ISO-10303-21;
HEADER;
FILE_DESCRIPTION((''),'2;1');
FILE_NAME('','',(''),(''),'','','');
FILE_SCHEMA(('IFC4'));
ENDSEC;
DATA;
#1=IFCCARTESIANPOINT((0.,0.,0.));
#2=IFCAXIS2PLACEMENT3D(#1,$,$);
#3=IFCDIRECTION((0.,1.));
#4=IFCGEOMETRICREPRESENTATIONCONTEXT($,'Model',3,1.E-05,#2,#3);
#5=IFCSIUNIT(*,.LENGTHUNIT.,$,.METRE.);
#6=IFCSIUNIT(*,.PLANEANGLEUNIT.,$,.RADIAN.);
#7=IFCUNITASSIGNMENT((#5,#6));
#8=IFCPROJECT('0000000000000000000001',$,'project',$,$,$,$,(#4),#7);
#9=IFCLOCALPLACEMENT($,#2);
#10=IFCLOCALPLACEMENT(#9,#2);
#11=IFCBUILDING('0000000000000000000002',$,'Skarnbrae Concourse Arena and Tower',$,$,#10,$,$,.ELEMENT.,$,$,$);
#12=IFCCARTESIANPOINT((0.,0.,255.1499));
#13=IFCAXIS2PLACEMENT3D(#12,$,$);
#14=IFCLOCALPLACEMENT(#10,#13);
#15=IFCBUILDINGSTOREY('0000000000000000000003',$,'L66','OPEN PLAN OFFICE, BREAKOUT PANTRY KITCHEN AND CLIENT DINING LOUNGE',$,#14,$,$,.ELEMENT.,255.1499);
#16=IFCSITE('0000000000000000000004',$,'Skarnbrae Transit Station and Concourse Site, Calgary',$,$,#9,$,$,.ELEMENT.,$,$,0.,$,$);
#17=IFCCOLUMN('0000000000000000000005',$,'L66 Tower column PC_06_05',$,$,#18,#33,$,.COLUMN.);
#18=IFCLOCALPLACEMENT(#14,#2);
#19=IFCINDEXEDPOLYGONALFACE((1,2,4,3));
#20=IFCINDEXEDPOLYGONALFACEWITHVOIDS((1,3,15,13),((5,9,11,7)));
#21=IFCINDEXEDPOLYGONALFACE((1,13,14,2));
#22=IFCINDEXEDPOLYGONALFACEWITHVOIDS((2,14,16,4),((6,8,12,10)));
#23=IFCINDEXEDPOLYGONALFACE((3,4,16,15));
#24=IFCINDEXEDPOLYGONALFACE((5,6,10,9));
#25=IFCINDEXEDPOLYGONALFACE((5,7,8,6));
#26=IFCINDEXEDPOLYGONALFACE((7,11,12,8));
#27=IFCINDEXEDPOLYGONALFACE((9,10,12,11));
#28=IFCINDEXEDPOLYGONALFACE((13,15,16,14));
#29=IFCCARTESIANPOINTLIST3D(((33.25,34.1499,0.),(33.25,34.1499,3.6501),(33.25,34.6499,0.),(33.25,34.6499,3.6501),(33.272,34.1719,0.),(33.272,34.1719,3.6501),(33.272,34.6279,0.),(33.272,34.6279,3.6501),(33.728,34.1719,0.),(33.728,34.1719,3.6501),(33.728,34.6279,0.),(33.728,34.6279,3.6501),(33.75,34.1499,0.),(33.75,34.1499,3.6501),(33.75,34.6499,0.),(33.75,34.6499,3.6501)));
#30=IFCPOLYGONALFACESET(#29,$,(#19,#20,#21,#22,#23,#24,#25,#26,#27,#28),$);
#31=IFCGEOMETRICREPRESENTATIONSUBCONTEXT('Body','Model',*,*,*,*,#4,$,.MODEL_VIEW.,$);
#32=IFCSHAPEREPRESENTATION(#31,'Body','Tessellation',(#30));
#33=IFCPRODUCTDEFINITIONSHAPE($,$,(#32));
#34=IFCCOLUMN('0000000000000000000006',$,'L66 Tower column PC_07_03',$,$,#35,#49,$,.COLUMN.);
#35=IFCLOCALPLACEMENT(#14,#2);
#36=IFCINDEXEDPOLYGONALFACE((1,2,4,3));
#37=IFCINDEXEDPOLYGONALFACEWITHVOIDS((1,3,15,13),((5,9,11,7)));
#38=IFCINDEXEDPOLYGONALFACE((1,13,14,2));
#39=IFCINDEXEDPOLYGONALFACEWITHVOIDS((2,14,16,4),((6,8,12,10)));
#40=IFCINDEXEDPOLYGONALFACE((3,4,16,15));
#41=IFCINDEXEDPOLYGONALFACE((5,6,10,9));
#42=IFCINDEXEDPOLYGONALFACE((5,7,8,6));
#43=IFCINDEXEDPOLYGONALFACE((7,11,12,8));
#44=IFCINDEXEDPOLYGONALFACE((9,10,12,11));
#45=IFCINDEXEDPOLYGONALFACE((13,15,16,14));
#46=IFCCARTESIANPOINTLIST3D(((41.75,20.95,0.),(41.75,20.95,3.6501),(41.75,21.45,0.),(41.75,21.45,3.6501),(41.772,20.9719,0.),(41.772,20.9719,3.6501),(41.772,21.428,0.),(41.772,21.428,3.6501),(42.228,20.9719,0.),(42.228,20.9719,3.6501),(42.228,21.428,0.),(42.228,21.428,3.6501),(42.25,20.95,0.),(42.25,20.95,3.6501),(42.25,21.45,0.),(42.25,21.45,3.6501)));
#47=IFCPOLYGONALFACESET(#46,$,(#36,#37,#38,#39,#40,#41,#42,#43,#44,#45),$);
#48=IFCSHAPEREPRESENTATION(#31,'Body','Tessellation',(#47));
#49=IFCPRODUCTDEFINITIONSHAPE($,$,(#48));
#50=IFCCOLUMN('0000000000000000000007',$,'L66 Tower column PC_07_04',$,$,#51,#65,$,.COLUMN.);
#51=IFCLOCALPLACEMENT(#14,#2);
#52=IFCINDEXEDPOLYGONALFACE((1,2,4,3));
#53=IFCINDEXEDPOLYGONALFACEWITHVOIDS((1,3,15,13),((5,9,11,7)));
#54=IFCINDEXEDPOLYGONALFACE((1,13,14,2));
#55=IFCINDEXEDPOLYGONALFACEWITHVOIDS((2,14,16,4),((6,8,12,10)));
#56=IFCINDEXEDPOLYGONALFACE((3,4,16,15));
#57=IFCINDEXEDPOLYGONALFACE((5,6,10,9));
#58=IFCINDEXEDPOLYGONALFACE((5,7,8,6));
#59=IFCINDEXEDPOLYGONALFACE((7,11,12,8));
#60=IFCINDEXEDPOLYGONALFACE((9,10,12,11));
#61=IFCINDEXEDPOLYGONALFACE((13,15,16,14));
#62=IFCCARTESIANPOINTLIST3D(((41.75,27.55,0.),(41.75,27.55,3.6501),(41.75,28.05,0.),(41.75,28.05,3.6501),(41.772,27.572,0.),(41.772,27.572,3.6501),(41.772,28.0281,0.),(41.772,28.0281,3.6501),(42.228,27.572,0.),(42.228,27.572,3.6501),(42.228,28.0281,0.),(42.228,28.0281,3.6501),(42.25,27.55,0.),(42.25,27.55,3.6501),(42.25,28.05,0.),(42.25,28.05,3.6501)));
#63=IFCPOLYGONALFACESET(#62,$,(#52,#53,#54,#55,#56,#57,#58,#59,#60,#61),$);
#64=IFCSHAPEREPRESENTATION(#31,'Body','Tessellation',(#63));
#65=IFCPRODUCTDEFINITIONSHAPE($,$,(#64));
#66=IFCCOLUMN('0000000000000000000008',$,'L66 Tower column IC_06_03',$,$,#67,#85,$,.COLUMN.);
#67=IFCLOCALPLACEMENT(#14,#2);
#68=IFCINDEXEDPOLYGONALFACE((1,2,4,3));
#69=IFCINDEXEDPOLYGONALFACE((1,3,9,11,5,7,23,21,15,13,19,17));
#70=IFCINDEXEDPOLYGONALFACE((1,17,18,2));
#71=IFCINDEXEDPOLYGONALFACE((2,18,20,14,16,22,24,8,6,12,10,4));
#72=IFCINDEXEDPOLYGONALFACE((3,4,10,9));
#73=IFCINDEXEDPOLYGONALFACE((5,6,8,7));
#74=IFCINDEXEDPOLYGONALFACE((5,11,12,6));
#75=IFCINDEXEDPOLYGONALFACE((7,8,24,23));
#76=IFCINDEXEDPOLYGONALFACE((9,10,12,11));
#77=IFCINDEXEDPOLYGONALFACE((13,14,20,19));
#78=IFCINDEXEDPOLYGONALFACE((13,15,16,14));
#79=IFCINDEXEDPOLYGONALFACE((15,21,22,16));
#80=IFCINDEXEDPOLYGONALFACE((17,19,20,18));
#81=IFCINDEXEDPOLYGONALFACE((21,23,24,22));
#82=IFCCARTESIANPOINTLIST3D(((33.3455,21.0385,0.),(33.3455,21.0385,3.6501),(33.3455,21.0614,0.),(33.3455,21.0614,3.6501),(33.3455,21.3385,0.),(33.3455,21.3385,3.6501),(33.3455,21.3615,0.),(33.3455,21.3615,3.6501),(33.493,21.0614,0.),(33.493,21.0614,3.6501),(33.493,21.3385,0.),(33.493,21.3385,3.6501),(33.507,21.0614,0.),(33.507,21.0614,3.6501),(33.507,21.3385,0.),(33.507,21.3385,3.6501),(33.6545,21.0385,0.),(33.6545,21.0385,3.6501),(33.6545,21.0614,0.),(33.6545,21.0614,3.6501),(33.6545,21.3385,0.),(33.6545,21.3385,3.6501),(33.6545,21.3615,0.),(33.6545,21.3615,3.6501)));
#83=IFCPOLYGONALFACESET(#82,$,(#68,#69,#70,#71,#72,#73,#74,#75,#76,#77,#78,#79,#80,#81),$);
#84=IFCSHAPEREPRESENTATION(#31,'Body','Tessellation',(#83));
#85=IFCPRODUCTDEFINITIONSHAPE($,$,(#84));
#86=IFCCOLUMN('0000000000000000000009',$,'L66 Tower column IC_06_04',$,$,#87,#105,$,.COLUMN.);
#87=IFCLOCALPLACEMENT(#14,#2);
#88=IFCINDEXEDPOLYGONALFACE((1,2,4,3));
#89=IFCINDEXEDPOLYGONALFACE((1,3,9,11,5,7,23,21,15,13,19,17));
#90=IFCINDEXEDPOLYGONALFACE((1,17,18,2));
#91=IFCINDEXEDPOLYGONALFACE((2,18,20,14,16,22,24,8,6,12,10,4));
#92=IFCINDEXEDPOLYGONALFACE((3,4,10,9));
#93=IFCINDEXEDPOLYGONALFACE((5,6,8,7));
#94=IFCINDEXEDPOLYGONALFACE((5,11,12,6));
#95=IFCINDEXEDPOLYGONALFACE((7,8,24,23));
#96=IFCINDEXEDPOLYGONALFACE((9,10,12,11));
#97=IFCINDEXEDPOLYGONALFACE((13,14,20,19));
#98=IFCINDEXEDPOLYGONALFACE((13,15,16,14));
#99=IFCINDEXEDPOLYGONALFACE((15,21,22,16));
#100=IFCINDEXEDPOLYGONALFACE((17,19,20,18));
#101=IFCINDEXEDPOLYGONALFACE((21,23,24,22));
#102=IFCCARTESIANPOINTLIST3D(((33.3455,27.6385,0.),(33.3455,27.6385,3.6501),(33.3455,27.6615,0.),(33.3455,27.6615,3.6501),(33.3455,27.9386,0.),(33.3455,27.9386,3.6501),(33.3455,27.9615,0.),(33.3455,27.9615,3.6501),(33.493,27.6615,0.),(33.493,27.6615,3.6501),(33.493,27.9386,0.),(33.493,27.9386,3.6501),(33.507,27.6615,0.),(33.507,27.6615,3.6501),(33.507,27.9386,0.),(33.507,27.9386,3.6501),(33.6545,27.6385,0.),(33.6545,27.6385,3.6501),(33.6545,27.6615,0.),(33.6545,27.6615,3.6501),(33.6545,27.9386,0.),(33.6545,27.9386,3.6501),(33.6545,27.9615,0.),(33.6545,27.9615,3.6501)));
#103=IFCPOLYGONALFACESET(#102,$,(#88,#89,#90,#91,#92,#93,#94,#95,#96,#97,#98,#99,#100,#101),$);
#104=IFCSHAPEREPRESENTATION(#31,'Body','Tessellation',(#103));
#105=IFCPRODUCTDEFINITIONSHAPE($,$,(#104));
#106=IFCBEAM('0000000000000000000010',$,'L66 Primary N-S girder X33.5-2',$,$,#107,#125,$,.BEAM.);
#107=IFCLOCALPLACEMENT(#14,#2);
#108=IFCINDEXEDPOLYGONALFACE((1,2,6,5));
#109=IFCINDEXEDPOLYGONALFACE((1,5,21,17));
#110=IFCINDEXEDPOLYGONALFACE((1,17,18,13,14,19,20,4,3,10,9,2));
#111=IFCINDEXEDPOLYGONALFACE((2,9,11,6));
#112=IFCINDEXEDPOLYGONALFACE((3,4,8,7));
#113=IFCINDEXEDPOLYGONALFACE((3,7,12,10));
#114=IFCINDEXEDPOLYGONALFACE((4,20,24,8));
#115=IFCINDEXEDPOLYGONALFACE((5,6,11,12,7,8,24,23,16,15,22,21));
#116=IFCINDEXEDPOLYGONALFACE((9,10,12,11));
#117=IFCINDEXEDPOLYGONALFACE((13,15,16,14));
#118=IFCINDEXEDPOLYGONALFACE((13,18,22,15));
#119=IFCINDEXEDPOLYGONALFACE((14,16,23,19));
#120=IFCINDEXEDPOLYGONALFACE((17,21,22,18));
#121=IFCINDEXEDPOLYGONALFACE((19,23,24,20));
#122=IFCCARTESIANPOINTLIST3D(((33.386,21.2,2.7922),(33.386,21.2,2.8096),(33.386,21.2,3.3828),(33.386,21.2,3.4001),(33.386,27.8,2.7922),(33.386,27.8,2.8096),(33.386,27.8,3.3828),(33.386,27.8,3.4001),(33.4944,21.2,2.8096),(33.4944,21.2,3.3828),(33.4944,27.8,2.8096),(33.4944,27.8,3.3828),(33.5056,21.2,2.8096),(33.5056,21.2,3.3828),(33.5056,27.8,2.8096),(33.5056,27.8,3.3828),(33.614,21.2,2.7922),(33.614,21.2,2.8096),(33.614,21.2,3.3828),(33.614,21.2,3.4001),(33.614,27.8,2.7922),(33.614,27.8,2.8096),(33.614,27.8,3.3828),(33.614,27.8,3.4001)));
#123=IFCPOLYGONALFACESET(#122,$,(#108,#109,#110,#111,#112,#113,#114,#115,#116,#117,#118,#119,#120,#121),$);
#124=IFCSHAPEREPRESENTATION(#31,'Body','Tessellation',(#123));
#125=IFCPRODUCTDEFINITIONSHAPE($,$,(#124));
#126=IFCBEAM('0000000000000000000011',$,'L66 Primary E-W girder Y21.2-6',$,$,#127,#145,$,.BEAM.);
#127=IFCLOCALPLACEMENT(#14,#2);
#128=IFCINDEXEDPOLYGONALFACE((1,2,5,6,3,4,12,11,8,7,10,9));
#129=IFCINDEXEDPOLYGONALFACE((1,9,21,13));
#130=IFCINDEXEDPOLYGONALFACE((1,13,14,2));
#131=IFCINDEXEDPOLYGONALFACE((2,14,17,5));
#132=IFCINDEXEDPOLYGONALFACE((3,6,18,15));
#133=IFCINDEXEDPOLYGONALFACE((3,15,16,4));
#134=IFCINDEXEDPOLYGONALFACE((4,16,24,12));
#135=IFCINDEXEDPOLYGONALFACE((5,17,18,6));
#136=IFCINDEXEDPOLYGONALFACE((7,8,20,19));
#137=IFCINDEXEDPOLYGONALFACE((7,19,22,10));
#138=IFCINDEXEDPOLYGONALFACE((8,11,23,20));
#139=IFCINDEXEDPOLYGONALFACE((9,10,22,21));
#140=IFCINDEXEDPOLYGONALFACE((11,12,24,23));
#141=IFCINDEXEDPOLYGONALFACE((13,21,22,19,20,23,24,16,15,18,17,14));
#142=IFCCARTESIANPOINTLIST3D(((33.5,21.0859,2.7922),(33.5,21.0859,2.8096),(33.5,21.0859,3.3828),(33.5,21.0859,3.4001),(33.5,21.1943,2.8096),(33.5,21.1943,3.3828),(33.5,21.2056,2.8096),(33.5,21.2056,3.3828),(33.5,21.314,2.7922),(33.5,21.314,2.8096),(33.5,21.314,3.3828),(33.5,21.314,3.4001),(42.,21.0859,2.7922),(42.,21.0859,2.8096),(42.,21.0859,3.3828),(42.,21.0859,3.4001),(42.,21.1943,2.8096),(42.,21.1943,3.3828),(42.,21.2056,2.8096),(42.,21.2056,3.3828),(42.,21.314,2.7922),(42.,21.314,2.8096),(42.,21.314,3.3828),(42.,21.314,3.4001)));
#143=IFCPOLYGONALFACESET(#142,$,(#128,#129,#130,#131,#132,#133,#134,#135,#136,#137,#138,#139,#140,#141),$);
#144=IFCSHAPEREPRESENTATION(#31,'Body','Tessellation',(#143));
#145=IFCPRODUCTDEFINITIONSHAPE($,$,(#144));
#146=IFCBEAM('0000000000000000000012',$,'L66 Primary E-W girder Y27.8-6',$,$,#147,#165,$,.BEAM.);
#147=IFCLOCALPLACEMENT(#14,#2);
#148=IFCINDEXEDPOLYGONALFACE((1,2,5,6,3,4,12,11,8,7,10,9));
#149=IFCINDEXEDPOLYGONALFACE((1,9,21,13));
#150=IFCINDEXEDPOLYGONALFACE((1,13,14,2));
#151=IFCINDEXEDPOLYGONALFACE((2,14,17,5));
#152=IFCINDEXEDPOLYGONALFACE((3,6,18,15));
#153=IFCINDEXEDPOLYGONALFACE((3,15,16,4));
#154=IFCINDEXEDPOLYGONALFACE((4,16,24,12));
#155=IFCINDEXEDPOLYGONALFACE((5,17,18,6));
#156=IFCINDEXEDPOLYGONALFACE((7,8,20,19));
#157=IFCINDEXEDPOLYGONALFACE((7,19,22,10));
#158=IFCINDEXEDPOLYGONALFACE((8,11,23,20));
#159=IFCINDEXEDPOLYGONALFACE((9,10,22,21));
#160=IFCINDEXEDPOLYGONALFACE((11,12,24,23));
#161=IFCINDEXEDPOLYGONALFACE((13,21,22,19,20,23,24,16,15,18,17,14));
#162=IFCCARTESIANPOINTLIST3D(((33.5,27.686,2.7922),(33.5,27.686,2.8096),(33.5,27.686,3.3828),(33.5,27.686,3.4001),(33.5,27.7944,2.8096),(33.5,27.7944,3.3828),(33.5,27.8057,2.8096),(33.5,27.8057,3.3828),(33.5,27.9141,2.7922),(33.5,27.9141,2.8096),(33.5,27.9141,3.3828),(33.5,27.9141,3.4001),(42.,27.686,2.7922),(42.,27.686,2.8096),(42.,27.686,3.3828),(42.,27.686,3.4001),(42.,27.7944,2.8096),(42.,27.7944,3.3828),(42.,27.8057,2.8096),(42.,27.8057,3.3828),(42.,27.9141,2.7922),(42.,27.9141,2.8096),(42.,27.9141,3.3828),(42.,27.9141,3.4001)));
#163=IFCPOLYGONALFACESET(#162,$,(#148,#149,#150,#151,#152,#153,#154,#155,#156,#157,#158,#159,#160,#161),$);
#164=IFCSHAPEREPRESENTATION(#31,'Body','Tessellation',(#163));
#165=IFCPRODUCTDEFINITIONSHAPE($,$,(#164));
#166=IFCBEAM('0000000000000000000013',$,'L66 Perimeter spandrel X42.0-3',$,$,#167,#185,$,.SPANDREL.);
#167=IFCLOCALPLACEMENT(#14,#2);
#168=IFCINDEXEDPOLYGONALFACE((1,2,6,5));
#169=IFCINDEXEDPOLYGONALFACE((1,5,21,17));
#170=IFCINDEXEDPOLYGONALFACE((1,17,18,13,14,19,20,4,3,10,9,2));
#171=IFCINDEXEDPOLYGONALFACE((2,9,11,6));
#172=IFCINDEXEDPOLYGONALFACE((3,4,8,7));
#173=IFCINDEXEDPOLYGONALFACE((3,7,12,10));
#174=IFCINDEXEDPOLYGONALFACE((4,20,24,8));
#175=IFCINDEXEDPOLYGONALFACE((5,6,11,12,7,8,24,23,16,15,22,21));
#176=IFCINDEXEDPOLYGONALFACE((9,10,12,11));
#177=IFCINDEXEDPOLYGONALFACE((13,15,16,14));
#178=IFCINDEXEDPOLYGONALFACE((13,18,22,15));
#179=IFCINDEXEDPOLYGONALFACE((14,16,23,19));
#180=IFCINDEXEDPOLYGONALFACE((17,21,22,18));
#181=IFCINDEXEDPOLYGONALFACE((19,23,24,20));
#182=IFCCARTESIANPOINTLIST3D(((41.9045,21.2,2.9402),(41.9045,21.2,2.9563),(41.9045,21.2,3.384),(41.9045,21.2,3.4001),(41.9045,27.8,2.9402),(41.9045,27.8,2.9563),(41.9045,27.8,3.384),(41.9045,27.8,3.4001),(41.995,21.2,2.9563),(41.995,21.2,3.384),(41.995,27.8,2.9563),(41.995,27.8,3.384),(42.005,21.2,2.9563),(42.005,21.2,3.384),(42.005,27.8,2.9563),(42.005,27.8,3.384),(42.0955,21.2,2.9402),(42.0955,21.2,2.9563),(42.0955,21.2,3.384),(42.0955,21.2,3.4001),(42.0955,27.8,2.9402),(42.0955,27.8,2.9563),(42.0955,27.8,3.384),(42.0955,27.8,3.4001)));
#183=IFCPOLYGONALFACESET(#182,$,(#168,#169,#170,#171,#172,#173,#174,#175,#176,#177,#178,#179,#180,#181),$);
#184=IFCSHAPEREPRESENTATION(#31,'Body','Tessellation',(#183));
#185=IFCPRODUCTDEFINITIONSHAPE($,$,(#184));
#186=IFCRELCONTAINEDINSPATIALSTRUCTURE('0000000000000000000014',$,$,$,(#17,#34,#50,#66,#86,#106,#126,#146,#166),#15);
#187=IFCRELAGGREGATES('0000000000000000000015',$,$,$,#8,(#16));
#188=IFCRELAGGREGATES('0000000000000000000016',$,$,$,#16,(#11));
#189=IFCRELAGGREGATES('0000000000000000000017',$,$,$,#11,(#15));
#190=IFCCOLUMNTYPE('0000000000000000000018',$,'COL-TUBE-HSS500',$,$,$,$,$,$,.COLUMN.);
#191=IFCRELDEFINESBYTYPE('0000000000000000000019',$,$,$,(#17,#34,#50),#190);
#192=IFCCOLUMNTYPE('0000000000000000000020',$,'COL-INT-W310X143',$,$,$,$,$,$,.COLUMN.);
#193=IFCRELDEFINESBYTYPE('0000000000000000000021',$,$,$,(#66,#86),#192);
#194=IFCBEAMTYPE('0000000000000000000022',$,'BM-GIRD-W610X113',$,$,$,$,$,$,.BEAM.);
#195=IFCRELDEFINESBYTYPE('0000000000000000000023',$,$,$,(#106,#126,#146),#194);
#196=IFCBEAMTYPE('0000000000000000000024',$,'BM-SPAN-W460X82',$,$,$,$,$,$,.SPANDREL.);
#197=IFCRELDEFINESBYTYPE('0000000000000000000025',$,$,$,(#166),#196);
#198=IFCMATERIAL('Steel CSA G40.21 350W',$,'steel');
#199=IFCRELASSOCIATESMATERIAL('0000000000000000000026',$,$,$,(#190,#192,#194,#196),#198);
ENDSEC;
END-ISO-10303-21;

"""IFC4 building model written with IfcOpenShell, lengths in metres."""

from ifc_helpers import new_model, si_unit, direction, frame, origin, origin_2d, place, context, subcontext, project, spatial, hollow_rectangle, i_section, extrude, source, transform, mapped, material, material_profile, profile_set, type_object, element, save


model = new_model("IFC4")

# Units and contexts
model_context = context("Model", 3, precision=1e-05, world=origin(), true_north=direction((0.0, 1.0)))
body_context = subcontext(model_context, "Body", "Model", "MODEL_VIEW")
ifc_project = project(units=[si_unit("LENGTHUNIT", "METRE"), si_unit("PLANEANGLEUNIT", "RADIAN")], contexts=[model_context])

# Site, building, storey
site_placement = place(None, origin())
site = spatial("IfcSite", under=ifc_project, at=site_placement, Name="Skarnbrae Transit Station and Concourse Site, Calgary", CompositionType="ELEMENT", RefElevation=0.0)
building_placement = place(site_placement, origin())
building = spatial("IfcBuilding", under=site, at=building_placement, Name="Skarnbrae Concourse Arena and Tower", CompositionType="ELEMENT")
storey_placement = place(building_placement, frame((0.0, 0.0, 255.1499)))
storey = spatial("IfcBuildingStorey", under=building, at=storey_placement, Name="L66", Description="OPEN PLAN OFFICE, BREAKOUT PANTRY KITCHEN AND CLIENT DINING LOUNGE", CompositionType="ELEMENT", Elevation=255.1499)

# Columns
ifc_material_1 = material(Name="Steel CSA G40.21 350W", Category="steel")
ifc_material_profile_1 = material_profile(ifc_material_1, hollow_rectangle(XDim=0.5, YDim=0.5, WallThickness=0.022, at=origin_2d()), Name="HSS500X500X22.0")
ifc_profile_set_1 = profile_set([ifc_material_profile_1], Name="Steel CSA G40.21 350W")
column_type_1 = type_object("IfcColumnType", Name="COL-TUBE-HSS500", PredefinedType="COLUMN", material=ifc_profile_set_1)
shared_shape_1 = source(origin(), body_context, "Body", "SweptSolid", [
    extrude(hollow_rectangle(XDim=0.5, YDim=0.5, WallThickness=0.022, at=origin_2d()), origin(), (0.0, 0.0, 1.0), 3.6501),
])
for number, where, z_axis, x_axis, name in (
    (1, (33.5, 34.3999, 0.0), (0.0, 0.0, 1.0), (1.0, 0.0, 0.0), "L66 Tower column PC_06_05"),
    (2, (42.0, 21.2, 0.0), (0.0, 0.0, 1.0), (1.0, 0.0, 0.0), "L66 Tower column PC_07_03"),
    (3, (42.0, 27.8, 0.0), (0.0, 0.0, 1.0), (1.0, 0.0, 0.0), "L66 Tower column PC_07_04"),
):
    element("IfcColumn", number, at=place(storey_placement, frame(where, z_axis=z_axis, x_axis=x_axis)), inside=storey, type_object=column_type_1, Name=name, PredefinedType="COLUMN", context=body_context, shape_type="MappedRepresentation", body=[
        mapped(shared_shape_1, transform((0.0, 0.0, 0.0))),
    ])
ifc_material_profile_2 = material_profile(ifc_material_1, i_section(OverallWidth=0.3091, OverallDepth=0.323, WebThickness=0.0139, FlangeThickness=0.0229, at=origin_2d()), Name="W310X143")
ifc_profile_set_2 = profile_set([ifc_material_profile_2], Name="Steel CSA G40.21 350W")
column_type_2 = type_object("IfcColumnType", Name="COL-INT-W310X143", PredefinedType="COLUMN", material=ifc_profile_set_2)
shared_shape_2 = source(origin(), body_context, "Body", "SweptSolid", [
    extrude(i_section(OverallWidth=0.3091, OverallDepth=0.323, WebThickness=0.0139, FlangeThickness=0.0229, at=origin_2d()), origin(), (0.0, 0.0, 1.0), 3.6501),
])
for number, where, z_axis, x_axis, name in (
    (4, (33.5, 21.2, 0.0), (0.0, 0.0, 1.0), (1.0, 0.0, 0.0), "L66 Tower column IC_06_03"),
    (5, (33.5, 27.8, 0.0), (0.0, 0.0, 1.0), (1.0, 0.0, 0.0), "L66 Tower column IC_06_04"),
):
    element("IfcColumn", number, at=place(storey_placement, frame(where, z_axis=z_axis, x_axis=x_axis)), inside=storey, type_object=column_type_2, Name=name, PredefinedType="COLUMN", context=body_context, shape_type="MappedRepresentation", body=[
        mapped(shared_shape_2, transform((0.0, 0.0, 0.0))),
    ])

# Beams
ifc_material_profile_3 = material_profile(ifc_material_1, i_section(OverallWidth=0.228, OverallDepth=0.6079, WebThickness=0.0112, FlangeThickness=0.0173, at=origin_2d()), Name="W610X113")
ifc_profile_set_3 = profile_set([ifc_material_profile_3], Name="Steel CSA G40.21 350W")
beam_type_1 = type_object("IfcBeamType", Name="BM-GIRD-W610X113", PredefinedType="BEAM", material=ifc_profile_set_3)
shared_shape_3 = source(origin(), body_context, "Body", "SweptSolid", [
    extrude(i_section(OverallWidth=0.228, OverallDepth=0.6079, WebThickness=0.0112, FlangeThickness=0.0173, at=origin_2d()), origin(), (0.0, 0.0, 1.0), 6.6001),
])
beam_1_placement = place(storey_placement, frame((33.5, 21.2, 3.0962), z_axis=(0.0, 1.0, 0.0), x_axis=(-1.0, 0.0, 0.0)))
element("IfcBeam", 6, at=beam_1_placement, inside=storey, type_object=beam_type_1, Name="L66 Primary N-S girder X33.5-2", PredefinedType="BEAM", context=body_context, shape_type="MappedRepresentation", body=[
    mapped(shared_shape_3, transform((0.0, 0.0, 0.0))),
])
shared_shape_4 = source(origin(), body_context, "Body", "SweptSolid", [
    extrude(i_section(OverallWidth=0.228, OverallDepth=0.6079, WebThickness=0.0112, FlangeThickness=0.0173, at=origin_2d()), origin(), (0.0, 0.0, 1.0), 8.5),
])
for number, where, z_axis, x_axis, name in (
    (7, (33.5, 21.2, 3.0962), (1.0, 0.0, 0.0), (0.0, 1.0, 0.0), "L66 Primary E-W girder Y21.2-6"),
    (8, (33.5, 27.8, 3.0962), (1.0, 0.0, 0.0), (0.0, 1.0, 0.0), "L66 Primary E-W girder Y27.8-6"),
):
    element("IfcBeam", number, at=place(storey_placement, frame(where, z_axis=z_axis, x_axis=x_axis)), inside=storey, type_object=beam_type_1, Name=name, PredefinedType="BEAM", context=body_context, shape_type="MappedRepresentation", body=[
        mapped(shared_shape_4, transform((0.0, 0.0, 0.0))),
    ])
ifc_material_profile_4 = material_profile(ifc_material_1, i_section(OverallWidth=0.1909, OverallDepth=0.46, WebThickness=0.01, FlangeThickness=0.0161, at=origin_2d()), Name="W460X82")
ifc_profile_set_4 = profile_set([ifc_material_profile_4], Name="Steel CSA G40.21 350W")
beam_type_2 = type_object("IfcBeamType", Name="BM-SPAN-W460X82", PredefinedType="SPANDREL", material=ifc_profile_set_4)
shared_shape_5 = source(origin(), body_context, "Body", "SweptSolid", [
    extrude(i_section(OverallWidth=0.1909, OverallDepth=0.46, WebThickness=0.01, FlangeThickness=0.0161, at=origin_2d()), origin(), (0.0, 0.0, 1.0), 6.6001),
])
beam_2_placement = place(storey_placement, frame((42.0, 21.2, 3.1702), z_axis=(0.0, 1.0, 0.0), x_axis=(-1.0, 0.0, 0.0)))
element("IfcBeam", 9, at=beam_2_placement, inside=storey, type_object=beam_type_2, Name="L66 Perimeter spandrel X42.0-3", PredefinedType="SPANDREL", context=body_context, shape_type="MappedRepresentation", body=[
    mapped(shared_shape_5, transform((0.0, 0.0, 0.0))),
])

save(model, "model.ifc")
